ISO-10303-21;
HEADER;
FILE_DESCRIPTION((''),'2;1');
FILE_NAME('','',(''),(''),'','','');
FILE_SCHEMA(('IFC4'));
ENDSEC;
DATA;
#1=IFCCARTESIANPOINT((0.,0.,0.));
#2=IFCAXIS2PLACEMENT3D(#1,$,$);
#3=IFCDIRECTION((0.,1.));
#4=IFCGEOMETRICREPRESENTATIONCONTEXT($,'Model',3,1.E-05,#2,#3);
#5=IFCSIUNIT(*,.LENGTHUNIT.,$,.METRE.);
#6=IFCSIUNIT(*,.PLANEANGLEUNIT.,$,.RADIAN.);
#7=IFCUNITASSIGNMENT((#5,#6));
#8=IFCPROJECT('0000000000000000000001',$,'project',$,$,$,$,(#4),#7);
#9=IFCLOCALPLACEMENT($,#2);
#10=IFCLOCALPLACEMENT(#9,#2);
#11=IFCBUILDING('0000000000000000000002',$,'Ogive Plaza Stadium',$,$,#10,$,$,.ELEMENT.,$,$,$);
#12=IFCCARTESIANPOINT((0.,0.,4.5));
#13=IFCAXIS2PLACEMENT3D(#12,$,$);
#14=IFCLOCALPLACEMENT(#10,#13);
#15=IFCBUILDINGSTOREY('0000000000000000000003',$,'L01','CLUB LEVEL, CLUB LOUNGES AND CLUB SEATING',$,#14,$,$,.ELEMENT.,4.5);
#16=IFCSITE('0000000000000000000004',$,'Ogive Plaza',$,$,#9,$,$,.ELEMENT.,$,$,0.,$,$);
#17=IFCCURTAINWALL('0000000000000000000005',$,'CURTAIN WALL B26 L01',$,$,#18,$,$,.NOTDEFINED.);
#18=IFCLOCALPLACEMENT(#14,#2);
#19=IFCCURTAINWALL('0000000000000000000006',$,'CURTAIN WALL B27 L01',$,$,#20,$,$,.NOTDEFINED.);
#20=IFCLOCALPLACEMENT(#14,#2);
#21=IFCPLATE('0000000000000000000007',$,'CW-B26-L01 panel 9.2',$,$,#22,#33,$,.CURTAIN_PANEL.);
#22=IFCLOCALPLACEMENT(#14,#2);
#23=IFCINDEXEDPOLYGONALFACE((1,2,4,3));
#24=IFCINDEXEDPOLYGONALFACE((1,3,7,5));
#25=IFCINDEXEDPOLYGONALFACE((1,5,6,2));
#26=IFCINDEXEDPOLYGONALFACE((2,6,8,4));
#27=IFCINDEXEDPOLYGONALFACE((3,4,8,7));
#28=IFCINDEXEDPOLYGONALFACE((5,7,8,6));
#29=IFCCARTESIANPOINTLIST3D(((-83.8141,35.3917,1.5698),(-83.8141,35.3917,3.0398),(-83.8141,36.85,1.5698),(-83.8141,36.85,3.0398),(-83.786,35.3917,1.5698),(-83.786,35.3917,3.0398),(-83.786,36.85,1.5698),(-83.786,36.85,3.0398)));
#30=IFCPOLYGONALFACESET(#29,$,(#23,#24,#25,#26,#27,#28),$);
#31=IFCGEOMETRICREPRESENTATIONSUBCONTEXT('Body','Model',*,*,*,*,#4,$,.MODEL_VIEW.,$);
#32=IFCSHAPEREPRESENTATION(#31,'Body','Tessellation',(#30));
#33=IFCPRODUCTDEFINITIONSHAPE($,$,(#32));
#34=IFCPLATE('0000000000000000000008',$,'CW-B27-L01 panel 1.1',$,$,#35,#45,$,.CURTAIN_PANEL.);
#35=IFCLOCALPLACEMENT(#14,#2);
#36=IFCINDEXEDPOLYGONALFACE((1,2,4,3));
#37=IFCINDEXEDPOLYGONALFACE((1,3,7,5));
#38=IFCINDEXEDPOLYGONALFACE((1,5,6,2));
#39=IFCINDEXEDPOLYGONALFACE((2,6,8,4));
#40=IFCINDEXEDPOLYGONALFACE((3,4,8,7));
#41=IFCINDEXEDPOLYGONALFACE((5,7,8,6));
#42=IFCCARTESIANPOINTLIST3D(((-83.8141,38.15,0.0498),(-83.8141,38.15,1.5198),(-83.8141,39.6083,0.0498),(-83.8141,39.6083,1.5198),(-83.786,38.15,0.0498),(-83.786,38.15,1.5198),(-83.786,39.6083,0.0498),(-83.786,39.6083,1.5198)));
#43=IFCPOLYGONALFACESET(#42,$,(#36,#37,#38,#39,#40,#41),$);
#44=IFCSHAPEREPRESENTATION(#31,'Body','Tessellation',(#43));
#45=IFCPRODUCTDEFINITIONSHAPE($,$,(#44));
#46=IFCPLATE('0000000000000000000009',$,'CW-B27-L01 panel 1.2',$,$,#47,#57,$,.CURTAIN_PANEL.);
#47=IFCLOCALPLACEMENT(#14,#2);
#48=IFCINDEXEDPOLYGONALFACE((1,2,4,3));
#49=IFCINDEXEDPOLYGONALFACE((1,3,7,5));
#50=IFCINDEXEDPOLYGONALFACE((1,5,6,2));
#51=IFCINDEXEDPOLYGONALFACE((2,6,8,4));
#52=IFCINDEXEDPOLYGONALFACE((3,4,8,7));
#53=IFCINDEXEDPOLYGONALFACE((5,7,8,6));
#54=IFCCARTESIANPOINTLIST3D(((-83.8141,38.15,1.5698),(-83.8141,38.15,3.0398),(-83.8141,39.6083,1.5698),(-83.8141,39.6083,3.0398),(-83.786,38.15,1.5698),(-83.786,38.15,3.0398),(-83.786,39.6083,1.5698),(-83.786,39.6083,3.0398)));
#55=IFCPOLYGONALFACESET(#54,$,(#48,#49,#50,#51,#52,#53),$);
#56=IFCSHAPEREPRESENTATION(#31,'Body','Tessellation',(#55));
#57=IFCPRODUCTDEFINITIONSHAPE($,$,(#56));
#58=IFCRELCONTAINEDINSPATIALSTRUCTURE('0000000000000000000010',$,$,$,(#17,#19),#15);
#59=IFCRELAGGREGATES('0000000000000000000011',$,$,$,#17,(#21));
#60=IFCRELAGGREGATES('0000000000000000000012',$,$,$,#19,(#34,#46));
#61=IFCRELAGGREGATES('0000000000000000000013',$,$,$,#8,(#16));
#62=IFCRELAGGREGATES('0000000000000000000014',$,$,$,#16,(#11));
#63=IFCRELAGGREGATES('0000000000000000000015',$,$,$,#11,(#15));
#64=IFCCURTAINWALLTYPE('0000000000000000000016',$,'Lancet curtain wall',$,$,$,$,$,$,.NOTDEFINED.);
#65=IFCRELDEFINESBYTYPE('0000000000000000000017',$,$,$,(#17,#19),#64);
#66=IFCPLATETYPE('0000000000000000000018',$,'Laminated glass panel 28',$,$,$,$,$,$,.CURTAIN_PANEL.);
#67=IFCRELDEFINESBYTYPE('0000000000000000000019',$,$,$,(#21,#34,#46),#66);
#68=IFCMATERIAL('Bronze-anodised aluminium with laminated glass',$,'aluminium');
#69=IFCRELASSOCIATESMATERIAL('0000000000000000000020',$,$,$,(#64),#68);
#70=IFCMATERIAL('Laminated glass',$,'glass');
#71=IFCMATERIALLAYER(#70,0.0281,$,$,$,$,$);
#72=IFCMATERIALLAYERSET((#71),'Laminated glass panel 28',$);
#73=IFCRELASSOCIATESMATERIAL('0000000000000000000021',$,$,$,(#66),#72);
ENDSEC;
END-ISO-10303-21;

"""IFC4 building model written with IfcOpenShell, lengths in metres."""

from ifc_helpers import new_model, si_unit, direction, frame, origin, origin_2d, place, context, subcontext, project, spatial, rectangle, extrude, material, layer, layer_set, type_object, element, aggregate, save


model = new_model("IFC4")

# Units and contexts
model_context = context("Model", 3, precision=1e-05, world=origin(), true_north=direction((0.0, 1.0)))
body_context = subcontext(model_context, "Body", "Model", "MODEL_VIEW")
ifc_project = project(units=[si_unit("LENGTHUNIT", "METRE"), si_unit("PLANEANGLEUNIT", "RADIAN")], contexts=[model_context])

# Site, building, storey
site_placement = place(None, origin())
site = spatial("IfcSite", under=ifc_project, at=site_placement, Name="Ogive Plaza", CompositionType="ELEMENT", RefElevation=0.0)
building_placement = place(site_placement, origin())
building = spatial("IfcBuilding", under=site, at=building_placement, Name="Ogive Plaza Stadium", CompositionType="ELEMENT")
storey_placement = place(building_placement, frame((0.0, 0.0, 4.5)))
storey = spatial("IfcBuildingStorey", under=building, at=storey_placement, Name="L01", Description="CLUB LEVEL, CLUB LOUNGES AND CLUB SEATING", CompositionType="ELEMENT", Elevation=4.5)

# Curtain walls
ifc_material_1 = material(Name="Bronze-anodised aluminium with laminated glass", Category="aluminium")
curtain_wall_type = type_object("IfcCurtainWallType", Name="Lancet curtain wall", PredefinedType="NOTDEFINED", material=ifc_material_1)
curtain_wall_1_placement = place(storey_placement, origin())
curtain_wall_1 = element("IfcCurtainWall", 1, at=curtain_wall_1_placement, inside=storey, type_object=curtain_wall_type, Name="CURTAIN WALL B26 L01", PredefinedType="NOTDEFINED")
curtain_wall_2_placement = place(storey_placement, origin())
curtain_wall_2 = element("IfcCurtainWall", 2, at=curtain_wall_2_placement, inside=storey, type_object=curtain_wall_type, Name="CURTAIN WALL B27 L01", PredefinedType="NOTDEFINED")

# Plates
ifc_material_2 = material(Name="Laminated glass", Category="glass")
ifc_layer = layer(ifc_material_2, 0.0281)
ifc_layer_set = layer_set([ifc_layer], Name="Laminated glass panel 28")
plate_type = type_object("IfcPlateType", Name="Laminated glass panel 28", PredefinedType="CURTAIN_PANEL", material=ifc_layer_set)
plate_1_placement = place(storey_placement, frame((-83.8, 36.1208, 1.5698), z_axis=(0.0, 0.0, 1.0), x_axis=(0.0, 1.0, 0.0)))
plate_1 = element("IfcPlate", 3, at=plate_1_placement, type_object=plate_type, Name="CW-B26-L01 panel 9.2", PredefinedType="CURTAIN_PANEL", context=body_context, shape_type="SweptSolid", body=[
    extrude(rectangle(XDim=1.4583, YDim=0.0281, at=origin_2d()), origin(), (0.0, 0.0, 1.0), 1.47),
])
aggregate(curtain_wall_1, [plate_1])
plate_2_placement = place(storey_placement, frame((-83.8, 38.8792, 0.0498), z_axis=(0.0, 0.0, 1.0), x_axis=(0.0, 1.0, 0.0)))
plate_2 = element("IfcPlate", 4, at=plate_2_placement, type_object=plate_type, Name="CW-B27-L01 panel 1.1", PredefinedType="CURTAIN_PANEL", context=body_context, shape_type="SweptSolid", body=[
    extrude(rectangle(XDim=1.4583, YDim=0.0281, at=origin_2d()), origin(), (0.0, 0.0, 1.0), 1.47),
])
plate_3_placement = place(storey_placement, frame((-83.8, 38.8792, 1.5698), z_axis=(0.0, 0.0, 1.0), x_axis=(0.0, 1.0, 0.0)))
plate_3 = element("IfcPlate", 5, at=plate_3_placement, type_object=plate_type, Name="CW-B27-L01 panel 1.2", PredefinedType="CURTAIN_PANEL", context=body_context, shape_type="SweptSolid", body=[
    extrude(rectangle(XDim=1.4583, YDim=0.0281, at=origin_2d()), origin(), (0.0, 0.0, 1.0), 1.47),
])
aggregate(curtain_wall_2, [plate_2, plate_3])

save(model, "model.ifc")
